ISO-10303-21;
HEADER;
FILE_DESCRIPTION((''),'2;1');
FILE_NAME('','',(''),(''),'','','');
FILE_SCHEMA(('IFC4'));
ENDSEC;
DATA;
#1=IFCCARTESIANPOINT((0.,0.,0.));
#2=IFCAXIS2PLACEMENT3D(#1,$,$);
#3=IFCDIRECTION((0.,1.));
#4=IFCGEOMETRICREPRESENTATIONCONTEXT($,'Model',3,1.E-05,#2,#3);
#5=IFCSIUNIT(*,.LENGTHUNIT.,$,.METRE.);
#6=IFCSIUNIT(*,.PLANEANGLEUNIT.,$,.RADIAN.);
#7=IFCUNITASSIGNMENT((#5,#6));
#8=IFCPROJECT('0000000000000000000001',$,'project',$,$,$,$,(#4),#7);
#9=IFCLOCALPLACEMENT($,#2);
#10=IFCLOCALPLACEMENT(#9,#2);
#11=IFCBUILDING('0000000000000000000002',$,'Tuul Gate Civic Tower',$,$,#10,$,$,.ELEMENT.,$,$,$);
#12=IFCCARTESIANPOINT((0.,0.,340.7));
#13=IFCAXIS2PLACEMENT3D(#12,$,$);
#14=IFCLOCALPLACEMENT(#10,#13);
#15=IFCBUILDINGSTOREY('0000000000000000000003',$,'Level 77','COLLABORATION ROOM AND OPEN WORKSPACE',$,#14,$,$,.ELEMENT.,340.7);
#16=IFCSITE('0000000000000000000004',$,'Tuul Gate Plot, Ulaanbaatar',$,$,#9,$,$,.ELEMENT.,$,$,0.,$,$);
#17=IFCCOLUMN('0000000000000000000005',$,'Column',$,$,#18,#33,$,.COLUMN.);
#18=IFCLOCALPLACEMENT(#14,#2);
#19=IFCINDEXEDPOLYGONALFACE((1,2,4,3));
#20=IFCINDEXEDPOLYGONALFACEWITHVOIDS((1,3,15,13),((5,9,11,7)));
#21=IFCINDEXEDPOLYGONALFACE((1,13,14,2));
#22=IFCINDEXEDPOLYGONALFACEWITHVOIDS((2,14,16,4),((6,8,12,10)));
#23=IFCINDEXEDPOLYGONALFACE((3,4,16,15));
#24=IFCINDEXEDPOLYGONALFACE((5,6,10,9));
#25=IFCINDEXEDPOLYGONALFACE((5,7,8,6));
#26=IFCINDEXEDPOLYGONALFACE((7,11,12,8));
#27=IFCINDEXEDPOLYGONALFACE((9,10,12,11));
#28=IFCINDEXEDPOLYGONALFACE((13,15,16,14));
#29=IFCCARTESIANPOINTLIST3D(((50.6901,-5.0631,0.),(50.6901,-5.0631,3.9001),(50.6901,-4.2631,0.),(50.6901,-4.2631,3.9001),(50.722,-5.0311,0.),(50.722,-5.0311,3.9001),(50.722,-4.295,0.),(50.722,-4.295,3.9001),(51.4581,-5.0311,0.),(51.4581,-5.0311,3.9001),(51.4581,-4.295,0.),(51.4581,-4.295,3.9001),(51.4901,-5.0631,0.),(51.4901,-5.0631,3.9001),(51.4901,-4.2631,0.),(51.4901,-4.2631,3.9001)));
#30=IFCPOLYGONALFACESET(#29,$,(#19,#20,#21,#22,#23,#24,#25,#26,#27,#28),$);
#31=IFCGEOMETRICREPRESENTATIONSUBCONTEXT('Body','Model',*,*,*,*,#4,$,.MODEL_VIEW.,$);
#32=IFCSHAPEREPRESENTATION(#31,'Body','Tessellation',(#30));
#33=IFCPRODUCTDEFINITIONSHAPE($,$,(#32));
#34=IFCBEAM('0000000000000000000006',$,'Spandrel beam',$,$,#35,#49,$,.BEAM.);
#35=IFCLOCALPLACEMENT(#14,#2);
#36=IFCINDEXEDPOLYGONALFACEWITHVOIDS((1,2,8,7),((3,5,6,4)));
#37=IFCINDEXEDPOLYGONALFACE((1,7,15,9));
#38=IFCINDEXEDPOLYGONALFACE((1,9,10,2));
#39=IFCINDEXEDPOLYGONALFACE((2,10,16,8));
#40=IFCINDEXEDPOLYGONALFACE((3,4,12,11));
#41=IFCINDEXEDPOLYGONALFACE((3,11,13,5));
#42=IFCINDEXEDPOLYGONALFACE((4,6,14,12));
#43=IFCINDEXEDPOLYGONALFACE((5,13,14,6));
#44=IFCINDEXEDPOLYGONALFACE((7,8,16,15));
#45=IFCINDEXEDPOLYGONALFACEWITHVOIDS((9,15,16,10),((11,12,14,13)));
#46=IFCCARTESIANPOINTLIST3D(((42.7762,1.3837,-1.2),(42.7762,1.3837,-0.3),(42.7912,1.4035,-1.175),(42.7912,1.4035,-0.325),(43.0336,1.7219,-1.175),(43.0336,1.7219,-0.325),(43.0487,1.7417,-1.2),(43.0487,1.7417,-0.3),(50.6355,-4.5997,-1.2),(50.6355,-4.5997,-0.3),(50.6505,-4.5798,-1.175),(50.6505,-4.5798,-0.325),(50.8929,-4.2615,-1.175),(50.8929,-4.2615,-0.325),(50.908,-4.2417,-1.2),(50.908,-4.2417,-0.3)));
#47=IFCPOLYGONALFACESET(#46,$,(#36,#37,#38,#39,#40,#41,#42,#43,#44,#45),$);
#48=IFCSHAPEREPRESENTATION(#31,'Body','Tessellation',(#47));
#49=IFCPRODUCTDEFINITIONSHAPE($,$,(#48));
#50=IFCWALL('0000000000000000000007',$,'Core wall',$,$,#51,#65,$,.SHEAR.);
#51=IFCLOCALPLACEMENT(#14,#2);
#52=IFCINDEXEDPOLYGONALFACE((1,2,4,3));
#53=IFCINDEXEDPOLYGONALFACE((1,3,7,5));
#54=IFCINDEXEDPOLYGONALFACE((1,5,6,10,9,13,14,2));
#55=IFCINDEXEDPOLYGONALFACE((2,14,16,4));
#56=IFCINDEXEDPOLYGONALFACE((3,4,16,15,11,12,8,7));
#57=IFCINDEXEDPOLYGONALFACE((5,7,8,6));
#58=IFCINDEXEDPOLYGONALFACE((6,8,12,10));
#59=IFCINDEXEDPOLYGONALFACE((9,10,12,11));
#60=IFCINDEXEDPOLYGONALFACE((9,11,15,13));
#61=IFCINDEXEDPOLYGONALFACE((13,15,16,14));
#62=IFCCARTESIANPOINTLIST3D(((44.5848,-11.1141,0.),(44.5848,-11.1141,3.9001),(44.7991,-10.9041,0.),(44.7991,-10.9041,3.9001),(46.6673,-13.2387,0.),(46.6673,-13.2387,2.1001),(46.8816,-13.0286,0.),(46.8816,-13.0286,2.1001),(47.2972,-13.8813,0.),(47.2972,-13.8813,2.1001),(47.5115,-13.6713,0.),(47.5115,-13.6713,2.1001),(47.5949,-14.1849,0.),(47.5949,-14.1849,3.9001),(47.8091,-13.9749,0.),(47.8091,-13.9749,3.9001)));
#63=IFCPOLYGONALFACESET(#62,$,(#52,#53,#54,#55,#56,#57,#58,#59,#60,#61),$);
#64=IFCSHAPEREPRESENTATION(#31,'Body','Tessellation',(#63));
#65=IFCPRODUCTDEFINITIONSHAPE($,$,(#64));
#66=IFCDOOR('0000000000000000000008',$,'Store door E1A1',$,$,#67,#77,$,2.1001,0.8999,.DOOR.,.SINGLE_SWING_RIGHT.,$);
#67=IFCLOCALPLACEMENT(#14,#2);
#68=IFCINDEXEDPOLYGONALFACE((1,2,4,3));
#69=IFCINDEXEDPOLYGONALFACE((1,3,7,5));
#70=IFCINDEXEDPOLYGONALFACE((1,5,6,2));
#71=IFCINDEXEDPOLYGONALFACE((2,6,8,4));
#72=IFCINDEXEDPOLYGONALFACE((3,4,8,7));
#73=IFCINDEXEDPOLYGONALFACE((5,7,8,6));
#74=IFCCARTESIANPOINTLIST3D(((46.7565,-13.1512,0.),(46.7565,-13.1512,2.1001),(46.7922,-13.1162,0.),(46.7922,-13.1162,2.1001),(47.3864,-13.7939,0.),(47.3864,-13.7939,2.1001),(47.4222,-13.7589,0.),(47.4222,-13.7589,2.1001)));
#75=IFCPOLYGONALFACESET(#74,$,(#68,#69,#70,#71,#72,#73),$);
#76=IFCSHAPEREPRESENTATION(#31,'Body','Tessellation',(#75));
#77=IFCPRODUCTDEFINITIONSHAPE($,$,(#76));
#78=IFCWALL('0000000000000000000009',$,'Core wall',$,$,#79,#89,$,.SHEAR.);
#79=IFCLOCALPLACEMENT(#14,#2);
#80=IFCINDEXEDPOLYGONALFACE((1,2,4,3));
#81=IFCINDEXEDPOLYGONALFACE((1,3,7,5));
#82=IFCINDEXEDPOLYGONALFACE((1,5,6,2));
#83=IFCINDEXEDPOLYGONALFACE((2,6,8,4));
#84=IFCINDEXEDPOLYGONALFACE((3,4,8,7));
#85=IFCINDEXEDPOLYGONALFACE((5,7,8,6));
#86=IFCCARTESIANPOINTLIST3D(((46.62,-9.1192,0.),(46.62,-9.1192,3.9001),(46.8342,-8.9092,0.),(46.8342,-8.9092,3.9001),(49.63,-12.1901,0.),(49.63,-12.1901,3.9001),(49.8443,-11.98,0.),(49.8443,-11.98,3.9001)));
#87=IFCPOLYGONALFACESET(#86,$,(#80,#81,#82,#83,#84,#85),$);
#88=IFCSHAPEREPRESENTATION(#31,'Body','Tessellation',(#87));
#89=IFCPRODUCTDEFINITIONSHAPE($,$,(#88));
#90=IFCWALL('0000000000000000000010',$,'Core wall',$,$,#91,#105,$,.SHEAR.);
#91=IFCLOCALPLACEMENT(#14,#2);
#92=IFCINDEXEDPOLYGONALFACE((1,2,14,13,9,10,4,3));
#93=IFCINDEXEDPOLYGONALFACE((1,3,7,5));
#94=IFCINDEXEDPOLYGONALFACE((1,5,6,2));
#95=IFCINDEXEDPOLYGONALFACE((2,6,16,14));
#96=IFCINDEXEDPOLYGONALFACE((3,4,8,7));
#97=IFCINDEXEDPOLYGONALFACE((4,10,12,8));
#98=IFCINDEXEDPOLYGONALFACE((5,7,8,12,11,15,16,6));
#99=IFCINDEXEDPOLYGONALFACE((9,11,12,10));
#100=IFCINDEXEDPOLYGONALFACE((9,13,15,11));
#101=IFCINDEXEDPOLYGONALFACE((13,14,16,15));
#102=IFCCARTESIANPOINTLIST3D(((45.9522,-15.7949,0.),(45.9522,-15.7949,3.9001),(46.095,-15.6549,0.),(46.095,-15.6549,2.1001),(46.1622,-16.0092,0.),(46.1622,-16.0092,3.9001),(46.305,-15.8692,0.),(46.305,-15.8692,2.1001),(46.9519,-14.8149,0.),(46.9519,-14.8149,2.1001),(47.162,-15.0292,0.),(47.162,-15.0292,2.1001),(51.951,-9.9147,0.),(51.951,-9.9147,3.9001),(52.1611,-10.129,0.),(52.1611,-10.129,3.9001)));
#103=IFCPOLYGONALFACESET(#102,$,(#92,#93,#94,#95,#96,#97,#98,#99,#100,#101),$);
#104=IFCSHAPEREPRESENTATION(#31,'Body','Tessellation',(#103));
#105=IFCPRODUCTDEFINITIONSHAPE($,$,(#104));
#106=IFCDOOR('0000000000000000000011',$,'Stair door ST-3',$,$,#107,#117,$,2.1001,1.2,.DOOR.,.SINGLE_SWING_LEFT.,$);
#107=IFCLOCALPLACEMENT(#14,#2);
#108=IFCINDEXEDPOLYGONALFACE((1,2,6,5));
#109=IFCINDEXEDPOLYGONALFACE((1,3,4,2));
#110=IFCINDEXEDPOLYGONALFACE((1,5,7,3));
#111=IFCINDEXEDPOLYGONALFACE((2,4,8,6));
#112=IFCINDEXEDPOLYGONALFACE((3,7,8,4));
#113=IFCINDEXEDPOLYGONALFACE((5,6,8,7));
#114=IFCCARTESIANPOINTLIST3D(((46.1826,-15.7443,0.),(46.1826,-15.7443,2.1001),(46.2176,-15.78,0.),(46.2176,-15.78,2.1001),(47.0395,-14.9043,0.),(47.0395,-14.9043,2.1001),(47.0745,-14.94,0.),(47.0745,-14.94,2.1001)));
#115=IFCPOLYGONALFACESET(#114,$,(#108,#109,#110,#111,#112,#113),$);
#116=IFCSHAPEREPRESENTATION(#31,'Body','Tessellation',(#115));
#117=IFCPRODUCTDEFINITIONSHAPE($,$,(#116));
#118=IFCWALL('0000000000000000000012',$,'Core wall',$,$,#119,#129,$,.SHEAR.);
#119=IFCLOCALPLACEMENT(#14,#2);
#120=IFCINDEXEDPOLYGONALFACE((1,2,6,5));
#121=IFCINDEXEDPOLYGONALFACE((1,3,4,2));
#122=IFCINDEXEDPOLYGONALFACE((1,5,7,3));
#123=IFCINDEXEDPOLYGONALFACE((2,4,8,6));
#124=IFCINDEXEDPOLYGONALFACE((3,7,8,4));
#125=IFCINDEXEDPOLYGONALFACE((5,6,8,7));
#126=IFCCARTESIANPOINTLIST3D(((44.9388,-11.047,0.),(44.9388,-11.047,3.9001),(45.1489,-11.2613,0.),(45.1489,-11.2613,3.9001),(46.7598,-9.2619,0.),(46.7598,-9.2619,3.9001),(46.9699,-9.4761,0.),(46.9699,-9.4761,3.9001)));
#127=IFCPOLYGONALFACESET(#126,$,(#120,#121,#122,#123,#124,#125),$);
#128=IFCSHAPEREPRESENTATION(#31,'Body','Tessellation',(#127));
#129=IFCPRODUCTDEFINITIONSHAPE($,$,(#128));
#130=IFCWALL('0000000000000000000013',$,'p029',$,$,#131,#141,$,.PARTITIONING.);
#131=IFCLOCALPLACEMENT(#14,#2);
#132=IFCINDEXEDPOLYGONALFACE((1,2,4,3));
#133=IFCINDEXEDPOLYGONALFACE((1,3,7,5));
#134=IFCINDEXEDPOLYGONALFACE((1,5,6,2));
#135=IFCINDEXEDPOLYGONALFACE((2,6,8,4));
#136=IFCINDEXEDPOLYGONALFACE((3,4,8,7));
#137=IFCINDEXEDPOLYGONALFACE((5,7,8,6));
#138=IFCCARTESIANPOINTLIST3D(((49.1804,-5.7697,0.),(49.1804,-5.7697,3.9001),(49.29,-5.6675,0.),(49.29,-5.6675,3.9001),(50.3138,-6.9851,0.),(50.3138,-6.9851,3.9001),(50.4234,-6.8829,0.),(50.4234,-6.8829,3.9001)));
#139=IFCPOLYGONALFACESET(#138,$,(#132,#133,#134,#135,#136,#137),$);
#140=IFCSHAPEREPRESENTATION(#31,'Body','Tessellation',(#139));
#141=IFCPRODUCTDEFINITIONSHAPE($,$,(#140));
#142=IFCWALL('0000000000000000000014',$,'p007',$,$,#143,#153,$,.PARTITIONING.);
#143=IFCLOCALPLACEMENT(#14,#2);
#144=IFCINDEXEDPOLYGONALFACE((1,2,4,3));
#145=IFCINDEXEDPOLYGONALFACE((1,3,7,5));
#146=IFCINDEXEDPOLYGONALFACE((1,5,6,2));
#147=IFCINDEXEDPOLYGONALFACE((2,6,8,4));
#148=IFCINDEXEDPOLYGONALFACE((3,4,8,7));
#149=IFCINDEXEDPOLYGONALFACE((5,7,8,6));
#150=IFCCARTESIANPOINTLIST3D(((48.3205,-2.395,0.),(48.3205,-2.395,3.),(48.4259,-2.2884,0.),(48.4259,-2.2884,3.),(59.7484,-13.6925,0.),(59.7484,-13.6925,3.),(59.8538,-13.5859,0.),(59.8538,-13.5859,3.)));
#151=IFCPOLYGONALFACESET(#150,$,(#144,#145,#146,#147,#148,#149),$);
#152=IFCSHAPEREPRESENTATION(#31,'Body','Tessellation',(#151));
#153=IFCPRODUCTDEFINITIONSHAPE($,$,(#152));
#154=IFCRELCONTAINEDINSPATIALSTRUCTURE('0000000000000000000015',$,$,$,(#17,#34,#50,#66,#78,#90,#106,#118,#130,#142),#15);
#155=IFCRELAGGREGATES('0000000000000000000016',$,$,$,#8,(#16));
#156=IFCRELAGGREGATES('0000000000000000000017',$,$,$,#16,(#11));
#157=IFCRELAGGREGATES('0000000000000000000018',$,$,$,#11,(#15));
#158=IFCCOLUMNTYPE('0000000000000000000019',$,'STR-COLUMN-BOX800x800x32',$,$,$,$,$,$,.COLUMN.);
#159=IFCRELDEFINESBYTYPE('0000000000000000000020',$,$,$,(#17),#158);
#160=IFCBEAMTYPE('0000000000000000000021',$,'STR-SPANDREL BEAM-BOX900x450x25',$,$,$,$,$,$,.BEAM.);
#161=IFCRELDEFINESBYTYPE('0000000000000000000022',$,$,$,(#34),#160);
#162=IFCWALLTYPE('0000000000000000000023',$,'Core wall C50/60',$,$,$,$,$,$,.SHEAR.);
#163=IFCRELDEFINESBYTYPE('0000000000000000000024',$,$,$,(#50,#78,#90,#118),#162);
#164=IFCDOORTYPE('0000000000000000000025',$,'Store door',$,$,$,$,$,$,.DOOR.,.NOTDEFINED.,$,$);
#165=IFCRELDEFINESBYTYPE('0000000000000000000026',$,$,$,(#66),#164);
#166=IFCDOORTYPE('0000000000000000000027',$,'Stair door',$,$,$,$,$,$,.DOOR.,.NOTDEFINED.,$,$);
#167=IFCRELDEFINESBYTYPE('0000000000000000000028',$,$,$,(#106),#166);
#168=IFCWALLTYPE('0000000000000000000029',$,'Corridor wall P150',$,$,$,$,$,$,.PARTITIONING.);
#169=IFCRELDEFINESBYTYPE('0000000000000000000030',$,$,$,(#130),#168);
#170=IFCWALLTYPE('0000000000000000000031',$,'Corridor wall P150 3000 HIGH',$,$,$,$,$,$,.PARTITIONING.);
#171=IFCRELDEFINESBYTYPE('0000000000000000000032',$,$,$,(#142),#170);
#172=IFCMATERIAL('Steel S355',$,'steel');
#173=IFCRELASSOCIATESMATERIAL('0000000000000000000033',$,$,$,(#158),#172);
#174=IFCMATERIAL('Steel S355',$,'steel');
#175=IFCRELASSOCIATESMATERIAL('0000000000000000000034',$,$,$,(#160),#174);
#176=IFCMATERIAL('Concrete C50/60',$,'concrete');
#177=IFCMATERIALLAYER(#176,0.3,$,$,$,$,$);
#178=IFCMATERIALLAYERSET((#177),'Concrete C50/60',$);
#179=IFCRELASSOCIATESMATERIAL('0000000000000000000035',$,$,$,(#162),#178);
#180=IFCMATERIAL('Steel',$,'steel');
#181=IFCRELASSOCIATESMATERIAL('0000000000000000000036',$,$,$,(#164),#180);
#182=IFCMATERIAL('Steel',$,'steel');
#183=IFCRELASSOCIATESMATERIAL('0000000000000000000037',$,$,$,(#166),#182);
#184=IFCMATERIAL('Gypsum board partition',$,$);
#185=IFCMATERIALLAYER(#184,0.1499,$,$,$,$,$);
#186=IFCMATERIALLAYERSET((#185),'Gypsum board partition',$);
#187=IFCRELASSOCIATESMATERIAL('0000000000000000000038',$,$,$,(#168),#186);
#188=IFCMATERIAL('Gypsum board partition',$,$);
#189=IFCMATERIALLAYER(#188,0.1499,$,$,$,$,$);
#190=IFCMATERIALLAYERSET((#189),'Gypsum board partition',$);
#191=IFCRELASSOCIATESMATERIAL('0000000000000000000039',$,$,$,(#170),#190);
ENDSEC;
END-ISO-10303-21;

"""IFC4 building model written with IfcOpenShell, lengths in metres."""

from ifc_helpers import new_model, si_unit, direction, frame, frame_2d, origin, origin_2d, place, context, subcontext, project, spatial, rectangle, hollow_rectangle, extrude, material, layer, layer_set, material_profile, profile_set, type_object, element, fill, save


model = new_model("IFC4")

# Units and contexts
model_context = context("Model", 3, precision=1e-05, world=origin(), true_north=direction((0.0, 1.0)))
body_context = subcontext(model_context, "Body", "Model", "MODEL_VIEW")
ifc_project = project(units=[si_unit("LENGTHUNIT", "METRE"), si_unit("PLANEANGLEUNIT", "RADIAN")], contexts=[model_context])

# Site, building, storey
site_placement = place(None, origin())
site = spatial("IfcSite", under=ifc_project, at=site_placement, Name="Tuul Gate Plot, Ulaanbaatar", CompositionType="ELEMENT", RefElevation=0.0)
building_placement = place(site_placement, origin())
building = spatial("IfcBuilding", under=site, at=building_placement, Name="Tuul Gate Civic Tower", CompositionType="ELEMENT")
storey_placement = place(building_placement, frame((0.0, 0.0, 340.7)))
storey = spatial("IfcBuildingStorey", under=building, at=storey_placement, Name="Level 77", Description="COLLABORATION ROOM AND OPEN WORKSPACE", CompositionType="ELEMENT", Elevation=340.7)

# Column
ifc_material_1 = material(Name="Steel S355", Category="steel")
ifc_material_profile_1 = material_profile(ifc_material_1, hollow_rectangle(XDim=0.8, YDim=0.8, WallThickness=0.032, at=origin_2d()), Name="BOX800x800x32")
ifc_profile_set_1 = profile_set([ifc_material_profile_1], Name="Steel S355")
column_type = type_object("IfcColumnType", Name="STR-COLUMN-BOX800x800x32", PredefinedType="COLUMN", material=ifc_profile_set_1)
column_placement = place(storey_placement, frame((51.0901, -4.6631, 0.0), z_axis=(0.0, 0.0, 1.0), x_axis=(1.0, 0.0, 0.0)))
element("IfcColumn", 1, at=column_placement, inside=storey, type_object=column_type, Name="Column", PredefinedType="COLUMN", context=body_context, shape_type="SweptSolid", body=[
    extrude(hollow_rectangle(XDim=0.8, YDim=0.8, WallThickness=0.032, at=origin_2d()), origin(), (0.0, 0.0, 1.0), 3.9001),
])

# Beam
ifc_material_2 = material(Name="Steel S355", Category="steel")
ifc_material_profile_2 = material_profile(ifc_material_2, hollow_rectangle(XDim=0.45, YDim=0.8999, WallThickness=0.0249, at=origin_2d()), Name="BOX900x450x25")
ifc_profile_set_2 = profile_set([ifc_material_profile_2], Name="Steel S355")
beam_type = type_object("IfcBeamType", Name="STR-SPANDREL BEAM-BOX900x450x25", PredefinedType="BEAM", material=ifc_profile_set_2)
beam_placement = place(storey_placement, frame((50.7717, -4.4207, -0.75), z_axis=(-0.795661, 0.605742, 0.0), x_axis=(-0.605742, -0.795661, 0.0)))
element("IfcBeam", 2, at=beam_placement, inside=storey, type_object=beam_type, Name="Spandrel beam", PredefinedType="BEAM", context=body_context, shape_type="SweptSolid", body=[
    extrude(hollow_rectangle(XDim=0.45, YDim=0.8999, WallThickness=0.0249, at=origin_2d()), origin(), (0.0, 0.0, 1.0), 9.8777),
])

# Wall, opening, door
ifc_material_3 = material(Name="Concrete C50/60", Category="concrete")
ifc_layer_1 = layer(ifc_material_3, 0.3)
ifc_layer_set_1 = layer_set([ifc_layer_1], Name="Concrete C50/60")
wall_type_1 = type_object("IfcWallType", Name="Core wall C50/60", PredefinedType="SHEAR", material=ifc_layer_set_1)
wall_1_placement = place(storey_placement, frame((47.7019, -14.0798, 0.0), z_axis=(0.0, 0.0, 1.0), x_axis=(-0.700003, 0.71414, 0.0)))
wall_1 = element("IfcWall", 3, at=wall_1_placement, inside=storey, type_object=wall_type_1, Name="Core wall", PredefinedType="SHEAR", context=body_context, shape_type="SweptSolid", body=[
    extrude(rectangle(XDim=4.3, YDim=0.3, at=frame_2d((2.1499, 0.0))), origin(), (0.0, 0.0, 1.0), 3.9001),
])
opening_1_placement = place(wall_1_placement, frame((0.425, 0.0, 0.0)))
opening_1 = element("IfcOpeningElement", 4, at=opening_1_placement, cuts=wall_1, PredefinedType="OPENING", context=body_context, shape_type="SweptSolid", body=[
    extrude(rectangle(XDim=0.8999, YDim=2.1001, at=frame_2d((0.45, 1.05))), frame((0.0, 0.1602, 0.0), z_axis=(0.0, -1.0, 0.0), x_axis=(1.0, 0.0, 0.0)), (0.0, 0.0, 1.0), 0.3201),
])
ifc_material_4 = material(Name="Steel", Category="steel")
door_type_1 = type_object("IfcDoorType", Name="Store door", OperationType="NOTDEFINED", PredefinedType="DOOR", material=ifc_material_4)
door_1_placement = place(opening_1_placement, frame((0.8999, 0.0, 0.0), z_axis=(0.0, 0.0, 1.0), x_axis=(-1.0, 0.0, 0.0)))
door_1 = element("IfcDoor", 5, at=door_1_placement, inside=storey, type_object=door_type_1, Name="Store door E1A1", OperationType="SINGLE_SWING_RIGHT", OverallHeight=2.1001, OverallWidth=0.8999, PredefinedType="DOOR", context=body_context, shape_type="SweptSolid", body=[
    extrude(rectangle(XDim=0.8999, YDim=2.1001, at=frame_2d((0.45, 1.05))), frame((0.0, 0.0249, 0.0), z_axis=(0.0, -1.0, 0.0), x_axis=(1.0, 0.0, 0.0)), (0.0, 0.0, 1.0), 0.05),
])
fill(opening_1, door_1)

# Wall
wall_2_placement = place(storey_placement, frame((49.7371, -12.085, 0.0), z_axis=(0.0, 0.0, 1.0), x_axis=(-0.700003, 0.71414, 0.0)))
element("IfcWall", 6, at=wall_2_placement, inside=storey, type_object=wall_type_1, Name="Core wall", PredefinedType="SHEAR", context=body_context, shape_type="SweptSolid", body=[
    extrude(rectangle(XDim=4.3, YDim=0.3, at=frame_2d((2.1499, 0.0))), origin(), (0.0, 0.0, 1.0), 3.9001),
])

# Wall, opening, door
wall_3_placement = place(storey_placement, frame((46.0571, -15.9021, 0.0), z_axis=(0.0, 0.0, 1.0), x_axis=(0.714134, 0.700009, 0.0)))
wall_3 = element("IfcWall", 7, at=wall_3_placement, inside=storey, type_object=wall_type_1, Name="Core wall", PredefinedType="SHEAR", context=body_context, shape_type="SweptSolid", body=[
    extrude(rectangle(XDim=8.4001, YDim=0.3, at=frame_2d((4.2002, 0.0))), origin(), (0.0, 0.0, 1.0), 3.9001),
])
opening_2_placement = place(wall_3_placement, frame((0.2, 0.0, 0.0)))
opening_2 = element("IfcOpeningElement", 8, at=opening_2_placement, cuts=wall_3, PredefinedType="OPENING", context=body_context, shape_type="SweptSolid", body=[
    extrude(rectangle(XDim=1.2, YDim=2.1001, at=frame_2d((0.6001, 1.05))), frame((0.0, 0.1602, 0.0), z_axis=(0.0, -1.0, 0.0), x_axis=(1.0, 0.0, 0.0)), (0.0, 0.0, 1.0), 0.3201),
])
ifc_material_5 = material(Name="Steel", Category="steel")
door_type_2 = type_object("IfcDoorType", Name="Stair door", OperationType="NOTDEFINED", PredefinedType="DOOR", material=ifc_material_5)
door_2_placement = place(opening_2_placement, origin())
door_2 = element("IfcDoor", 9, at=door_2_placement, inside=storey, type_object=door_type_2, Name="Stair door ST-3", OperationType="SINGLE_SWING_LEFT", OverallHeight=2.1001, OverallWidth=1.2, PredefinedType="DOOR", context=body_context, shape_type="SweptSolid", body=[
    extrude(rectangle(XDim=1.2, YDim=2.1001, at=frame_2d((0.6001, 1.05))), frame((0.0, 0.0249, 0.0), z_axis=(0.0, -1.0, 0.0), x_axis=(1.0, 0.0, 0.0)), (0.0, 0.0, 1.0), 0.05),
])
fill(opening_2, door_2)

# Walls
wall_4_placement = place(storey_placement, frame((45.0439, -11.1541, 0.0), z_axis=(0.0, 0.0, 1.0), x_axis=(0.714108, 0.700035, 0.0)))
element("IfcWall", 10, at=wall_4_placement, inside=storey, type_object=wall_type_1, Name="Core wall", PredefinedType="SHEAR", context=body_context, shape_type="SweptSolid", body=[
    extrude(rectangle(XDim=2.55, YDim=0.3, at=frame_2d((1.2749, 0.0))), origin(), (0.0, 0.0, 1.0), 3.9001),
])
ifc_material_6 = material(Name="Gypsum board partition")
ifc_layer_2 = layer(ifc_material_6, 0.1499)
ifc_layer_set_2 = layer_set([ifc_layer_2], Name="Gypsum board partition")
wall_type_2 = type_object("IfcWallType", Name="Corridor wall P150", PredefinedType="PARTITIONING", material=ifc_layer_set_2)
wall_5_placement = place(storey_placement, frame((49.2351, -5.7185, 0.0), z_axis=(0.0, 0.0, 1.0), x_axis=(0.681994, -0.731358, 0.0)))
element("IfcWall", 11, at=wall_5_placement, inside=storey, type_object=wall_type_2, Name="p029", PredefinedType="PARTITIONING", context=body_context, shape_type="SweptSolid", body=[
    extrude(rectangle(XDim=1.6619, YDim=0.1499, at=frame_2d((0.8311, 0.0))), origin(), (0.0, 0.0, 1.0), 3.9001),
])
ifc_material_7 = material(Name="Gypsum board partition")
ifc_layer_3 = layer(ifc_material_7, 0.1499)
ifc_layer_set_3 = layer_set([ifc_layer_3], Name="Gypsum board partition")
wall_type_3 = type_object("IfcWallType", Name="Corridor wall P150 3000 HIGH", PredefinedType="PARTITIONING", material=ifc_layer_set_3)
wall_6_placement = place(storey_placement, frame((48.3733, -2.3418, 0.0), z_axis=(0.0, 0.0, 1.0), x_axis=(0.711152, -0.703039, 0.0)))
element("IfcWall", 12, at=wall_6_placement, inside=storey, type_object=wall_type_3, Name="p007", PredefinedType="PARTITIONING", context=body_context, shape_type="SweptSolid", body=[
    extrude(rectangle(XDim=16.0696, YDim=0.1499, at=frame_2d((8.0347, 0.0))), origin(), (0.0, 0.0, 1.0), 3.0),
])

save(model, "model.ifc")
